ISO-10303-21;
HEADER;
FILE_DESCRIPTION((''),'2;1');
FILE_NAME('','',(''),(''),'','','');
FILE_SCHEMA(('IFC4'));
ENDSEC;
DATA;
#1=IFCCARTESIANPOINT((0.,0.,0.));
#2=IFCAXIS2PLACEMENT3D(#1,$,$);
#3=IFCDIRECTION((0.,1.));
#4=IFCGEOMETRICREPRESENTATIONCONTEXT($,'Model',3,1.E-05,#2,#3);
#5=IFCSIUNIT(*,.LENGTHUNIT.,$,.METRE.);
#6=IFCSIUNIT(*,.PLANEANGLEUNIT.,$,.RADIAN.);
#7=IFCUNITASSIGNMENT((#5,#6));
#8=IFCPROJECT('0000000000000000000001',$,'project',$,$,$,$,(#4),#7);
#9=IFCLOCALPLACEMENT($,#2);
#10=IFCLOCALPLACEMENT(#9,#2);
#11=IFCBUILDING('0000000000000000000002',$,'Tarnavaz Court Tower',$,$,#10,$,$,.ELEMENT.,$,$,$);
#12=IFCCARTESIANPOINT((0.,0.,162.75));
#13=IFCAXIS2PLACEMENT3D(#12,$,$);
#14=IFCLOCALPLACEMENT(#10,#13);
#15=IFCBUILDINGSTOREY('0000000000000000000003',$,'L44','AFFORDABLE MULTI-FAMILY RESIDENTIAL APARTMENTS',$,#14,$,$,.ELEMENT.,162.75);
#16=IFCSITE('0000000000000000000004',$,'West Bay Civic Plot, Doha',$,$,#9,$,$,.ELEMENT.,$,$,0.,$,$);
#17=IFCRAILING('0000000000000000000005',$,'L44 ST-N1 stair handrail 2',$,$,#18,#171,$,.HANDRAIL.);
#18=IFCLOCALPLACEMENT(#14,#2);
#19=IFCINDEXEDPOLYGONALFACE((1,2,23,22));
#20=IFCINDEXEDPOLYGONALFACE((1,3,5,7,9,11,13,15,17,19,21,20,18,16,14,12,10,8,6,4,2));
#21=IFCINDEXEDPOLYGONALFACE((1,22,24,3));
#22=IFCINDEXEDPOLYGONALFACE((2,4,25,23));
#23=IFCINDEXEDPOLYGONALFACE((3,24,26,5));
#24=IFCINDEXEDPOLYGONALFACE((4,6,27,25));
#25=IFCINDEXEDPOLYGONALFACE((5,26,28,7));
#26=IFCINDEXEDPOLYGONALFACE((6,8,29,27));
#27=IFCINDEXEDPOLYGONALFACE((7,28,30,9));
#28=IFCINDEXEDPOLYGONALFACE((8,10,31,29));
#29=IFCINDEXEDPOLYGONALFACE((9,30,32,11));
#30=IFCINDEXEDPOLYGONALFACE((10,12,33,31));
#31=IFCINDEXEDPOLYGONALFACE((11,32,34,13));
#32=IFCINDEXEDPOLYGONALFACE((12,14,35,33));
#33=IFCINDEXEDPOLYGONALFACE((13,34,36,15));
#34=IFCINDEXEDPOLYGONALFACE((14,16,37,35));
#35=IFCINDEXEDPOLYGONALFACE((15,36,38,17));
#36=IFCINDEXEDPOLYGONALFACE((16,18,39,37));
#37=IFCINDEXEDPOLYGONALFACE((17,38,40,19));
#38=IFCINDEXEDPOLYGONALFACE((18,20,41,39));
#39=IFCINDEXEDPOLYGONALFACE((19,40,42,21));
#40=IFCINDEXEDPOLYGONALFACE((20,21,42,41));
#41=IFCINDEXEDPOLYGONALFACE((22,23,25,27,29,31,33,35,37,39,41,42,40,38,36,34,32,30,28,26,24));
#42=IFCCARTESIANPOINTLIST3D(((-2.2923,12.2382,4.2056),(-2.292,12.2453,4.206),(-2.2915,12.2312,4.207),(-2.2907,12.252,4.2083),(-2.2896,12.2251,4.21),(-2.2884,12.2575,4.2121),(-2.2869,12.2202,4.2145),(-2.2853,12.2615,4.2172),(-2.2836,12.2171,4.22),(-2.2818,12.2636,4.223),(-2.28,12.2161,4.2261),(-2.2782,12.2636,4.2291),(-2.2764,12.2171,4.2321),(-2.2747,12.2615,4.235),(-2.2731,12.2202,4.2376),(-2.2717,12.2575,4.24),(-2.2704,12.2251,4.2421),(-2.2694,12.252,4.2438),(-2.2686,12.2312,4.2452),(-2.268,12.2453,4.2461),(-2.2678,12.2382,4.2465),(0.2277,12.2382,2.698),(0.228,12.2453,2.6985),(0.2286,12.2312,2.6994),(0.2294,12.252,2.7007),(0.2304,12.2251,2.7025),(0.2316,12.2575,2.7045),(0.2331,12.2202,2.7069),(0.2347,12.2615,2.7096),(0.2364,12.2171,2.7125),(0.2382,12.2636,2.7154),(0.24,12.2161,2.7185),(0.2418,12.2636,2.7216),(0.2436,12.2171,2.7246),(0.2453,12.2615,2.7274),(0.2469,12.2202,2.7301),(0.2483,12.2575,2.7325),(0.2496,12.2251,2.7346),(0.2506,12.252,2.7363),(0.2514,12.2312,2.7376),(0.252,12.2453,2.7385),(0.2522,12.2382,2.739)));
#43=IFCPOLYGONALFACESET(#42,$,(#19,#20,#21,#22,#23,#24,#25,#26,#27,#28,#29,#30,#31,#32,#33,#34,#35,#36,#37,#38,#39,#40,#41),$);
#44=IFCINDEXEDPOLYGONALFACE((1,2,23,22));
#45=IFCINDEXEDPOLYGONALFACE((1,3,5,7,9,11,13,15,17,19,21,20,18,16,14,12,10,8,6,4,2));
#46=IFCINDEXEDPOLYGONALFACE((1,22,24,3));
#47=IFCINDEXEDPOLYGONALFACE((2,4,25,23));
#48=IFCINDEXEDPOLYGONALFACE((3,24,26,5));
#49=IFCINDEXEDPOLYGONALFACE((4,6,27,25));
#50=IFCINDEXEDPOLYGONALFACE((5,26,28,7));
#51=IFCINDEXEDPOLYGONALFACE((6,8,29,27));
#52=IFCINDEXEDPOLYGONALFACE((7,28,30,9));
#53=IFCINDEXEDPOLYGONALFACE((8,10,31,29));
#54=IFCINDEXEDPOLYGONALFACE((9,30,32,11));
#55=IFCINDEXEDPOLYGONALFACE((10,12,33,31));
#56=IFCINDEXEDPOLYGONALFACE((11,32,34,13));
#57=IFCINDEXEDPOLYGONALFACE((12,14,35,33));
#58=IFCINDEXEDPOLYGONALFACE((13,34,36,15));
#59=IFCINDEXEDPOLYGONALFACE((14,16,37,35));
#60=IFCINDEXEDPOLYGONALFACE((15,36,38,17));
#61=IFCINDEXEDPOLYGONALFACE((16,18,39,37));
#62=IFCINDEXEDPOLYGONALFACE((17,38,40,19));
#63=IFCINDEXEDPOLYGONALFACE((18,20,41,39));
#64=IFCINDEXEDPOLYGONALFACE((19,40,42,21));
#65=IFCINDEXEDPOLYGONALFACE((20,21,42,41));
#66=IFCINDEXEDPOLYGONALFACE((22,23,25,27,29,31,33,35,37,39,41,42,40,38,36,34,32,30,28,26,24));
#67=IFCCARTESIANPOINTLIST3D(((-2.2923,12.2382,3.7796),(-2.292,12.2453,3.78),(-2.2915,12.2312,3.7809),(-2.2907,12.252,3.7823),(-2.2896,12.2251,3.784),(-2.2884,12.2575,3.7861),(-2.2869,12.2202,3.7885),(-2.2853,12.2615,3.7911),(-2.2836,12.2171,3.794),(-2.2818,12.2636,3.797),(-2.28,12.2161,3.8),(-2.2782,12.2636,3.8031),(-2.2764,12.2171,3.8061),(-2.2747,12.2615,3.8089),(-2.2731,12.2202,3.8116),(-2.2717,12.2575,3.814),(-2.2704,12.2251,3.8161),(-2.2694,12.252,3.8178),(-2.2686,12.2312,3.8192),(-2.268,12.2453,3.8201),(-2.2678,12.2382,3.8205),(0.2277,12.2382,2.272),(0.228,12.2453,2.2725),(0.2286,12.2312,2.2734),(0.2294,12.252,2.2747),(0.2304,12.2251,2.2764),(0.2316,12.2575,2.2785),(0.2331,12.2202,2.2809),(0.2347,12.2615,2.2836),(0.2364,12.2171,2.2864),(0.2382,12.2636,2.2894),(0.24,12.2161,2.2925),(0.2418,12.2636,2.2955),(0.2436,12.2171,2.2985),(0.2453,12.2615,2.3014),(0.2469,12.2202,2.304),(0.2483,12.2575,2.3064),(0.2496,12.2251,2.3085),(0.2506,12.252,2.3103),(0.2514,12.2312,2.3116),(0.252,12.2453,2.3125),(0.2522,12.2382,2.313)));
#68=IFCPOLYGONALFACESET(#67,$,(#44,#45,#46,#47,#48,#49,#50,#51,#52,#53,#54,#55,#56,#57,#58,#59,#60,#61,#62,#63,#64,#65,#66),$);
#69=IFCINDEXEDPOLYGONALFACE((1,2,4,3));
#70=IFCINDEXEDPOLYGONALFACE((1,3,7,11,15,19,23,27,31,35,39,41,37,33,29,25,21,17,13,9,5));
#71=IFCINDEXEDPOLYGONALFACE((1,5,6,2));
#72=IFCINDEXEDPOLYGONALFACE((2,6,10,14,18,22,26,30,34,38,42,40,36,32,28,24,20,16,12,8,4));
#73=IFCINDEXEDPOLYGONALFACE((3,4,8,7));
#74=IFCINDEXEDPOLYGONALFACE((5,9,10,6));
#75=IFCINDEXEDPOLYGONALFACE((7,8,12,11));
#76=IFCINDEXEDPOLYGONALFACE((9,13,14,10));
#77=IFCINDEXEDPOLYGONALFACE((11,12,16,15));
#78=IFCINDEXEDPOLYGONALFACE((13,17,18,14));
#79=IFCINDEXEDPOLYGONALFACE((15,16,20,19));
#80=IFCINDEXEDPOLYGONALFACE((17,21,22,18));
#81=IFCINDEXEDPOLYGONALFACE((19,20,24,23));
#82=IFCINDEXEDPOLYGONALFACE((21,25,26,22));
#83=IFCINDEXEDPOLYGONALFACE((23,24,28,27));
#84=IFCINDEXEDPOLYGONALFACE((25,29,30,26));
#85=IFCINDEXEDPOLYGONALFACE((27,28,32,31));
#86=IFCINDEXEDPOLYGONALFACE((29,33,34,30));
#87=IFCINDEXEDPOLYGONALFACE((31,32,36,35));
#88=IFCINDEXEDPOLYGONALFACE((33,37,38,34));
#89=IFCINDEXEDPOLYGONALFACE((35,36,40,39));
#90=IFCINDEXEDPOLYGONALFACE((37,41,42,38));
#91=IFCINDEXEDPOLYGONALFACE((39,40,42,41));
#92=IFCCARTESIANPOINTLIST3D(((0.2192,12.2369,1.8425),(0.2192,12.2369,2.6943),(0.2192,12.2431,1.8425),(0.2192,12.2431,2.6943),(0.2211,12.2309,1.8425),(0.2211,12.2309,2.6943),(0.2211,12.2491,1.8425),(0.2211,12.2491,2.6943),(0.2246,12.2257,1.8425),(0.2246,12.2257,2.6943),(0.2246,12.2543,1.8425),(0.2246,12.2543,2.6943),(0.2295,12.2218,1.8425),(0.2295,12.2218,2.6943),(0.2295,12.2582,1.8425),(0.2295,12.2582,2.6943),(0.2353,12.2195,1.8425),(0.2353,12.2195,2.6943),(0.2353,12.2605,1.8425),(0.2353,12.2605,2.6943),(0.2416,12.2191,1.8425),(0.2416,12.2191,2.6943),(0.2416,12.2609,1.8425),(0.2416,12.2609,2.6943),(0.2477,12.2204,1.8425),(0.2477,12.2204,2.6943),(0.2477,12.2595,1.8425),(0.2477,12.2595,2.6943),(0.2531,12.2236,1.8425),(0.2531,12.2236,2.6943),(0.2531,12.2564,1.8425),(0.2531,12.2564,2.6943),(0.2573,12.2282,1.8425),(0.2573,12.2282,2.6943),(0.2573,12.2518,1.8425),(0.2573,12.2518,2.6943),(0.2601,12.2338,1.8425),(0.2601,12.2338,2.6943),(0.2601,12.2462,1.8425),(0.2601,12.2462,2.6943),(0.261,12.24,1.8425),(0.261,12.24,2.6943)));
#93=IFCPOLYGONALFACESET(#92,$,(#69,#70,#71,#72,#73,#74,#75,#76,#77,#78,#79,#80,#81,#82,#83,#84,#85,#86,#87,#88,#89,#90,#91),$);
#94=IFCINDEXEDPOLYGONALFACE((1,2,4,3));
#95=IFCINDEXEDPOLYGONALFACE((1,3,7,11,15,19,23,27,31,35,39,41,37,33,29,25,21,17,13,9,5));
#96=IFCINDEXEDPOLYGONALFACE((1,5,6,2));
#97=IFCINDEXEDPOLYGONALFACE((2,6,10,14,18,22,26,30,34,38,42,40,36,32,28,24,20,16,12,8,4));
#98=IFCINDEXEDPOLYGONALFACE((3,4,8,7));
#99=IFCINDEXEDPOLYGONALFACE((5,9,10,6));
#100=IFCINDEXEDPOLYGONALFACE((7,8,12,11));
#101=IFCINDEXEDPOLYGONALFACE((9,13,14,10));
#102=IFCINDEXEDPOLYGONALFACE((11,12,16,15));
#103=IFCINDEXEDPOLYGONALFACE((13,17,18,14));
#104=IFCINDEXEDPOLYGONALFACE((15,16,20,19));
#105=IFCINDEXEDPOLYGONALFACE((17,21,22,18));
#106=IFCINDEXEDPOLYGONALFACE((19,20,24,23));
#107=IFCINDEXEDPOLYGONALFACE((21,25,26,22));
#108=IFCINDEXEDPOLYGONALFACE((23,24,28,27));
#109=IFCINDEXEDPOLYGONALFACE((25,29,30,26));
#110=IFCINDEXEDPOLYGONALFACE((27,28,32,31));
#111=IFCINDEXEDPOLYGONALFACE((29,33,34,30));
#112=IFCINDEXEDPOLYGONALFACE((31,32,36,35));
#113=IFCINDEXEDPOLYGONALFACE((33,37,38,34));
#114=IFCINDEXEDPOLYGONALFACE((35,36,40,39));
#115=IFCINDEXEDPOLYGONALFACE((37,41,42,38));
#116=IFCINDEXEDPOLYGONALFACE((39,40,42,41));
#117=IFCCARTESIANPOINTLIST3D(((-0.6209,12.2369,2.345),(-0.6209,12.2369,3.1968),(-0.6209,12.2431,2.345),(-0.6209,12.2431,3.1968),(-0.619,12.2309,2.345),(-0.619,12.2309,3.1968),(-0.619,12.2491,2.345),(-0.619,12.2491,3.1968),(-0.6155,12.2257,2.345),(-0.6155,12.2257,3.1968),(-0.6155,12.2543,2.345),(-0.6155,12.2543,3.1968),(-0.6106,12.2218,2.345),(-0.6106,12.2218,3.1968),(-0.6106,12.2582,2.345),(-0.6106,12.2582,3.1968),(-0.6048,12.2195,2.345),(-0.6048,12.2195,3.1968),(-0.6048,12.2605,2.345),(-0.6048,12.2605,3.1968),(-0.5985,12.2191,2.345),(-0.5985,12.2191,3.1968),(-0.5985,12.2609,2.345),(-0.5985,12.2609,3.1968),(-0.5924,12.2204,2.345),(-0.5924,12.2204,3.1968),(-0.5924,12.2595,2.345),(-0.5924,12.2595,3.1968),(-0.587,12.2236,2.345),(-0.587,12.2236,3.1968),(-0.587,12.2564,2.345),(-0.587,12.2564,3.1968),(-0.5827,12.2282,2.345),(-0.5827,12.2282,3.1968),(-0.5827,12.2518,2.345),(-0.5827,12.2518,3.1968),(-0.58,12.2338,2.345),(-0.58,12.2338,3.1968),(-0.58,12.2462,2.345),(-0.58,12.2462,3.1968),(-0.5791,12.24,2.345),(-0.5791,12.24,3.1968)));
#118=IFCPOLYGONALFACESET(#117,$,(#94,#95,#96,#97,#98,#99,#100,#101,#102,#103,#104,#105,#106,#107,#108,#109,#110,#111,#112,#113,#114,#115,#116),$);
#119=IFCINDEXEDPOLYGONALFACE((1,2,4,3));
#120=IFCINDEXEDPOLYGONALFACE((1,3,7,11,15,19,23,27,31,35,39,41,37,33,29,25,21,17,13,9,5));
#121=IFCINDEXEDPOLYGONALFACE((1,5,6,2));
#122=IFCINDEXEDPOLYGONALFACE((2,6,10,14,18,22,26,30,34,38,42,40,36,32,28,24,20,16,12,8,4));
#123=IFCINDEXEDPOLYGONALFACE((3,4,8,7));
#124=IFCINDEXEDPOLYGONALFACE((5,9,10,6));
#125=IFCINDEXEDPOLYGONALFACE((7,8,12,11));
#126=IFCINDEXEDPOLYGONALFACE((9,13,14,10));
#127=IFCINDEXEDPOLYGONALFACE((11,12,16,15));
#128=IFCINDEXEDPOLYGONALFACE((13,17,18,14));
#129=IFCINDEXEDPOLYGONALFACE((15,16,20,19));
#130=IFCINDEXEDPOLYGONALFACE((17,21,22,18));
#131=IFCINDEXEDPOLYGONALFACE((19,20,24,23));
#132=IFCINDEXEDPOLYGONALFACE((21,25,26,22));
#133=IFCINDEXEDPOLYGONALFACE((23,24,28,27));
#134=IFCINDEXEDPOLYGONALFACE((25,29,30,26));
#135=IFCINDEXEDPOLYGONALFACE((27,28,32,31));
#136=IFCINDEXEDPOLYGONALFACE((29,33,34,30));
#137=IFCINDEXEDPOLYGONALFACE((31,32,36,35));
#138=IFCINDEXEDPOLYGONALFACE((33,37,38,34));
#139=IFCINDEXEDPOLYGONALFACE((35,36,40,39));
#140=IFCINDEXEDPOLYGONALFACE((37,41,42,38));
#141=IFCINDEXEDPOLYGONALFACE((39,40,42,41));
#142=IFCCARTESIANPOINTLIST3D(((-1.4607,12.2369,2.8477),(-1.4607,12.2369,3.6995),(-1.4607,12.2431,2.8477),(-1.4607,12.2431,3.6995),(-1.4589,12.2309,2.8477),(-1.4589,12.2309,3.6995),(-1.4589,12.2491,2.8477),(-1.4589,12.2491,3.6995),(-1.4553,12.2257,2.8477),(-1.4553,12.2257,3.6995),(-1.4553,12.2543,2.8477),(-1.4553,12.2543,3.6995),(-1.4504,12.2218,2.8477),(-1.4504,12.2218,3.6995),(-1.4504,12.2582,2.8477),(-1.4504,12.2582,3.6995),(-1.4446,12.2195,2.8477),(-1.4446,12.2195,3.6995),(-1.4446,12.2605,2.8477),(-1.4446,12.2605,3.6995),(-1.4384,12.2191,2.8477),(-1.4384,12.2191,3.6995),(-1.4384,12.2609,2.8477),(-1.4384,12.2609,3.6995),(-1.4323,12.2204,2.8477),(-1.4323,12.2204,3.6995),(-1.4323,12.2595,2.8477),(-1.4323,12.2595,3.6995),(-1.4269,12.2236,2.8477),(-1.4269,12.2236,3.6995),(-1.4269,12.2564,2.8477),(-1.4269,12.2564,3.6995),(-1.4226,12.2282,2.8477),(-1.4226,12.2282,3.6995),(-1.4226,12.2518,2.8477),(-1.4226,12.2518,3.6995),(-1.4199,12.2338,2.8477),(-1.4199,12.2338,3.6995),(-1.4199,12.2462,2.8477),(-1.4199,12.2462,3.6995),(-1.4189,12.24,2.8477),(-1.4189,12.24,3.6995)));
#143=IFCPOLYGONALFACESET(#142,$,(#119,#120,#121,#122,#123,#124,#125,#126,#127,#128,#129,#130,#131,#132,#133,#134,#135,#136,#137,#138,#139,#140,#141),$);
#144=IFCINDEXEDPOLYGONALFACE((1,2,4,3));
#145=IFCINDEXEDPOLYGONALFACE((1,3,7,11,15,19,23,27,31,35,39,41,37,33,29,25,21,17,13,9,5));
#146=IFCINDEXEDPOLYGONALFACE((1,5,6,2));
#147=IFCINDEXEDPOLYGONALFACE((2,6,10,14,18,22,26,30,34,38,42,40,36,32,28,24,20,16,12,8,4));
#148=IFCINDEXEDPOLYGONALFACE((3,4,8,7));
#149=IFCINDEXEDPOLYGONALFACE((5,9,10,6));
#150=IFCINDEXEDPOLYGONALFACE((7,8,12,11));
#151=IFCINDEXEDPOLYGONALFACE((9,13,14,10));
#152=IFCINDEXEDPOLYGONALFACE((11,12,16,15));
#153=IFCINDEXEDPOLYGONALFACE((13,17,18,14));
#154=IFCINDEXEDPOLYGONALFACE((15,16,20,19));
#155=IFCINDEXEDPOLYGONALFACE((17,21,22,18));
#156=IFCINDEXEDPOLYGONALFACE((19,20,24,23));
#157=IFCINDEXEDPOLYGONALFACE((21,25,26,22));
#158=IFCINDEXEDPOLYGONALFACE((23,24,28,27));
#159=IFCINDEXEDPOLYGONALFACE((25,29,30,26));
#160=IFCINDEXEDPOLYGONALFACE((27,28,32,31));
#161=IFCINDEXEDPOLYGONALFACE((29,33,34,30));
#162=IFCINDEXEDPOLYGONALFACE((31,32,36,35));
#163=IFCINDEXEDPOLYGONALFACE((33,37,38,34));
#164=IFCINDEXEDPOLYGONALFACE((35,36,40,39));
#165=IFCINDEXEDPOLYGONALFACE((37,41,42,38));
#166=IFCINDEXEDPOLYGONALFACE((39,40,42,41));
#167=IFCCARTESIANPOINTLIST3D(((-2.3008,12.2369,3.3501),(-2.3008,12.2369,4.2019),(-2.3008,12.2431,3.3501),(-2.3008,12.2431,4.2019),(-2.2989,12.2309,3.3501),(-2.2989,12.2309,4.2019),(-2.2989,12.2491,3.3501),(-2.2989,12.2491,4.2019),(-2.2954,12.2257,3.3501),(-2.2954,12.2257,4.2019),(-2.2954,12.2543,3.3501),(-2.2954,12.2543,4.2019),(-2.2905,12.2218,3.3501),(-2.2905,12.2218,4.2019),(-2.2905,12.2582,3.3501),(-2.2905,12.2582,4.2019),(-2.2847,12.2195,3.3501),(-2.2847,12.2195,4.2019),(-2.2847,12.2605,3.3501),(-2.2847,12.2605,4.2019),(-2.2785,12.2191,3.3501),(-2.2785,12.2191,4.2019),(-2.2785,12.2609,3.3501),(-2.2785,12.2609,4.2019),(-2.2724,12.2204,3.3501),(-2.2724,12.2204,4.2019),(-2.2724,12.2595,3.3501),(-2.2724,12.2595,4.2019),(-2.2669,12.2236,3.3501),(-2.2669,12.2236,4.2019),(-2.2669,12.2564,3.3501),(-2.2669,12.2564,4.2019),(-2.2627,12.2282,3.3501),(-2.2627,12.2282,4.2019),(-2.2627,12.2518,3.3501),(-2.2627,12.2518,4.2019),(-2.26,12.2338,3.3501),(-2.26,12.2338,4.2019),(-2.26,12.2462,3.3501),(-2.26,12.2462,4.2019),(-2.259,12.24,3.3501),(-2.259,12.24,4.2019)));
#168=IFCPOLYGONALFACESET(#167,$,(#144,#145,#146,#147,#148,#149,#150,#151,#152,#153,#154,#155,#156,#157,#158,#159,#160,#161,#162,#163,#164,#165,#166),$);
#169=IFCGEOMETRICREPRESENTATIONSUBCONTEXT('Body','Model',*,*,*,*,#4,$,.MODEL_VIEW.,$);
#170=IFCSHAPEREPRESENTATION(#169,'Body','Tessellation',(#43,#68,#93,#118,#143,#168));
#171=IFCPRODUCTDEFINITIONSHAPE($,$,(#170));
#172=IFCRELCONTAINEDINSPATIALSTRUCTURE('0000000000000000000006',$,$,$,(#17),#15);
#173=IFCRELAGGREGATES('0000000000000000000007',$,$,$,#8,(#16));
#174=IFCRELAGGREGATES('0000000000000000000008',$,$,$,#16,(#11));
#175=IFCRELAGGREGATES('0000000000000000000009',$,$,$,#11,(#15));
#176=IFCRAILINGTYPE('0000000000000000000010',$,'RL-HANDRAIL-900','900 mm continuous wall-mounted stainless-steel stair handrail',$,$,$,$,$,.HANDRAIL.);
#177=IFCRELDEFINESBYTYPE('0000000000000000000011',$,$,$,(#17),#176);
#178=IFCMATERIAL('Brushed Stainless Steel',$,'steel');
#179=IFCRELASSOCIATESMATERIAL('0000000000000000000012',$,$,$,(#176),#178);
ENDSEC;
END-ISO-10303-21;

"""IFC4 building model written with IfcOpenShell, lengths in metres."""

from ifc_helpers import new_model, si_unit, direction, frame, origin, origin_2d, place, context, subcontext, project, spatial, circle, extrude, material, type_object, element, save


model = new_model("IFC4")

# Units and contexts
model_context = context("Model", 3, precision=1e-05, world=origin(), true_north=direction((0.0, 1.0)))
body_context = subcontext(model_context, "Body", "Model", "MODEL_VIEW")
ifc_project = project(units=[si_unit("LENGTHUNIT", "METRE"), si_unit("PLANEANGLEUNIT", "RADIAN")], contexts=[model_context])

# Site, building, storey
site_placement = place(None, origin())
site = spatial("IfcSite", under=ifc_project, at=site_placement, Name="West Bay Civic Plot, Doha", CompositionType="ELEMENT", RefElevation=0.0)
building_placement = place(site_placement, origin())
building = spatial("IfcBuilding", under=site, at=building_placement, Name="Tarnavaz Court Tower", CompositionType="ELEMENT")
storey_placement = place(building_placement, frame((0.0, 0.0, 162.75)))
storey = spatial("IfcBuildingStorey", under=building, at=storey_placement, Name="L44", Description="AFFORDABLE MULTI-FAMILY RESIDENTIAL APARTMENTS", CompositionType="ELEMENT", Elevation=162.75)

# Railing
ifc_material_1 = material(Name="Brushed Stainless Steel", Category="steel")
railing_type_1 = type_object("IfcRailingType", Name="RL-HANDRAIL-900", Description="900 mm continuous wall-mounted stainless-steel stair handrail", PredefinedType="HANDRAIL", material=ifc_material_1)
railing_1_placement = place(storey_placement, frame((0.24, 12.24, 1.8425)))
element("IfcRailing", 1, at=railing_1_placement, inside=storey, type_object=railing_type_1, Name="L44 ST-N1 stair handrail 2", PredefinedType="HANDRAIL", context=body_context, shape_type="SweptSolid", body=[
    extrude(circle(Radius=0.0239, at=origin_2d()), frame((0.0, 0.0, 0.876), z_axis=(-0.85816, 0.0, 0.513383), x_axis=(0.0, -1.0, 0.0)), (0.0, 0.0, 1.0), 2.9365),
    extrude(circle(Radius=0.0239, at=origin_2d()), frame((0.0, 0.0, 0.45), z_axis=(-0.85816, 0.0, 0.513383), x_axis=(0.0, -1.0, 0.0)), (0.0, 0.0, 1.0), 2.9365),
    extrude(circle(Radius=0.021, at=origin_2d()), origin(), (0.0, 0.0, 1.0), 0.8518),
    extrude(circle(Radius=0.021, at=origin_2d()), frame((-0.8401, 0.0, 0.5024)), (0.0, 0.0, 1.0), 0.8518),
    extrude(circle(Radius=0.021, at=origin_2d()), frame((-1.6799, 0.0, 1.0051)), (0.0, 0.0, 1.0), 0.8518),
    extrude(circle(Radius=0.021, at=origin_2d()), frame((-2.52, 0.0, 1.5076)), (0.0, 0.0, 1.0), 0.8518),
])

save(model, "model.ifc")
